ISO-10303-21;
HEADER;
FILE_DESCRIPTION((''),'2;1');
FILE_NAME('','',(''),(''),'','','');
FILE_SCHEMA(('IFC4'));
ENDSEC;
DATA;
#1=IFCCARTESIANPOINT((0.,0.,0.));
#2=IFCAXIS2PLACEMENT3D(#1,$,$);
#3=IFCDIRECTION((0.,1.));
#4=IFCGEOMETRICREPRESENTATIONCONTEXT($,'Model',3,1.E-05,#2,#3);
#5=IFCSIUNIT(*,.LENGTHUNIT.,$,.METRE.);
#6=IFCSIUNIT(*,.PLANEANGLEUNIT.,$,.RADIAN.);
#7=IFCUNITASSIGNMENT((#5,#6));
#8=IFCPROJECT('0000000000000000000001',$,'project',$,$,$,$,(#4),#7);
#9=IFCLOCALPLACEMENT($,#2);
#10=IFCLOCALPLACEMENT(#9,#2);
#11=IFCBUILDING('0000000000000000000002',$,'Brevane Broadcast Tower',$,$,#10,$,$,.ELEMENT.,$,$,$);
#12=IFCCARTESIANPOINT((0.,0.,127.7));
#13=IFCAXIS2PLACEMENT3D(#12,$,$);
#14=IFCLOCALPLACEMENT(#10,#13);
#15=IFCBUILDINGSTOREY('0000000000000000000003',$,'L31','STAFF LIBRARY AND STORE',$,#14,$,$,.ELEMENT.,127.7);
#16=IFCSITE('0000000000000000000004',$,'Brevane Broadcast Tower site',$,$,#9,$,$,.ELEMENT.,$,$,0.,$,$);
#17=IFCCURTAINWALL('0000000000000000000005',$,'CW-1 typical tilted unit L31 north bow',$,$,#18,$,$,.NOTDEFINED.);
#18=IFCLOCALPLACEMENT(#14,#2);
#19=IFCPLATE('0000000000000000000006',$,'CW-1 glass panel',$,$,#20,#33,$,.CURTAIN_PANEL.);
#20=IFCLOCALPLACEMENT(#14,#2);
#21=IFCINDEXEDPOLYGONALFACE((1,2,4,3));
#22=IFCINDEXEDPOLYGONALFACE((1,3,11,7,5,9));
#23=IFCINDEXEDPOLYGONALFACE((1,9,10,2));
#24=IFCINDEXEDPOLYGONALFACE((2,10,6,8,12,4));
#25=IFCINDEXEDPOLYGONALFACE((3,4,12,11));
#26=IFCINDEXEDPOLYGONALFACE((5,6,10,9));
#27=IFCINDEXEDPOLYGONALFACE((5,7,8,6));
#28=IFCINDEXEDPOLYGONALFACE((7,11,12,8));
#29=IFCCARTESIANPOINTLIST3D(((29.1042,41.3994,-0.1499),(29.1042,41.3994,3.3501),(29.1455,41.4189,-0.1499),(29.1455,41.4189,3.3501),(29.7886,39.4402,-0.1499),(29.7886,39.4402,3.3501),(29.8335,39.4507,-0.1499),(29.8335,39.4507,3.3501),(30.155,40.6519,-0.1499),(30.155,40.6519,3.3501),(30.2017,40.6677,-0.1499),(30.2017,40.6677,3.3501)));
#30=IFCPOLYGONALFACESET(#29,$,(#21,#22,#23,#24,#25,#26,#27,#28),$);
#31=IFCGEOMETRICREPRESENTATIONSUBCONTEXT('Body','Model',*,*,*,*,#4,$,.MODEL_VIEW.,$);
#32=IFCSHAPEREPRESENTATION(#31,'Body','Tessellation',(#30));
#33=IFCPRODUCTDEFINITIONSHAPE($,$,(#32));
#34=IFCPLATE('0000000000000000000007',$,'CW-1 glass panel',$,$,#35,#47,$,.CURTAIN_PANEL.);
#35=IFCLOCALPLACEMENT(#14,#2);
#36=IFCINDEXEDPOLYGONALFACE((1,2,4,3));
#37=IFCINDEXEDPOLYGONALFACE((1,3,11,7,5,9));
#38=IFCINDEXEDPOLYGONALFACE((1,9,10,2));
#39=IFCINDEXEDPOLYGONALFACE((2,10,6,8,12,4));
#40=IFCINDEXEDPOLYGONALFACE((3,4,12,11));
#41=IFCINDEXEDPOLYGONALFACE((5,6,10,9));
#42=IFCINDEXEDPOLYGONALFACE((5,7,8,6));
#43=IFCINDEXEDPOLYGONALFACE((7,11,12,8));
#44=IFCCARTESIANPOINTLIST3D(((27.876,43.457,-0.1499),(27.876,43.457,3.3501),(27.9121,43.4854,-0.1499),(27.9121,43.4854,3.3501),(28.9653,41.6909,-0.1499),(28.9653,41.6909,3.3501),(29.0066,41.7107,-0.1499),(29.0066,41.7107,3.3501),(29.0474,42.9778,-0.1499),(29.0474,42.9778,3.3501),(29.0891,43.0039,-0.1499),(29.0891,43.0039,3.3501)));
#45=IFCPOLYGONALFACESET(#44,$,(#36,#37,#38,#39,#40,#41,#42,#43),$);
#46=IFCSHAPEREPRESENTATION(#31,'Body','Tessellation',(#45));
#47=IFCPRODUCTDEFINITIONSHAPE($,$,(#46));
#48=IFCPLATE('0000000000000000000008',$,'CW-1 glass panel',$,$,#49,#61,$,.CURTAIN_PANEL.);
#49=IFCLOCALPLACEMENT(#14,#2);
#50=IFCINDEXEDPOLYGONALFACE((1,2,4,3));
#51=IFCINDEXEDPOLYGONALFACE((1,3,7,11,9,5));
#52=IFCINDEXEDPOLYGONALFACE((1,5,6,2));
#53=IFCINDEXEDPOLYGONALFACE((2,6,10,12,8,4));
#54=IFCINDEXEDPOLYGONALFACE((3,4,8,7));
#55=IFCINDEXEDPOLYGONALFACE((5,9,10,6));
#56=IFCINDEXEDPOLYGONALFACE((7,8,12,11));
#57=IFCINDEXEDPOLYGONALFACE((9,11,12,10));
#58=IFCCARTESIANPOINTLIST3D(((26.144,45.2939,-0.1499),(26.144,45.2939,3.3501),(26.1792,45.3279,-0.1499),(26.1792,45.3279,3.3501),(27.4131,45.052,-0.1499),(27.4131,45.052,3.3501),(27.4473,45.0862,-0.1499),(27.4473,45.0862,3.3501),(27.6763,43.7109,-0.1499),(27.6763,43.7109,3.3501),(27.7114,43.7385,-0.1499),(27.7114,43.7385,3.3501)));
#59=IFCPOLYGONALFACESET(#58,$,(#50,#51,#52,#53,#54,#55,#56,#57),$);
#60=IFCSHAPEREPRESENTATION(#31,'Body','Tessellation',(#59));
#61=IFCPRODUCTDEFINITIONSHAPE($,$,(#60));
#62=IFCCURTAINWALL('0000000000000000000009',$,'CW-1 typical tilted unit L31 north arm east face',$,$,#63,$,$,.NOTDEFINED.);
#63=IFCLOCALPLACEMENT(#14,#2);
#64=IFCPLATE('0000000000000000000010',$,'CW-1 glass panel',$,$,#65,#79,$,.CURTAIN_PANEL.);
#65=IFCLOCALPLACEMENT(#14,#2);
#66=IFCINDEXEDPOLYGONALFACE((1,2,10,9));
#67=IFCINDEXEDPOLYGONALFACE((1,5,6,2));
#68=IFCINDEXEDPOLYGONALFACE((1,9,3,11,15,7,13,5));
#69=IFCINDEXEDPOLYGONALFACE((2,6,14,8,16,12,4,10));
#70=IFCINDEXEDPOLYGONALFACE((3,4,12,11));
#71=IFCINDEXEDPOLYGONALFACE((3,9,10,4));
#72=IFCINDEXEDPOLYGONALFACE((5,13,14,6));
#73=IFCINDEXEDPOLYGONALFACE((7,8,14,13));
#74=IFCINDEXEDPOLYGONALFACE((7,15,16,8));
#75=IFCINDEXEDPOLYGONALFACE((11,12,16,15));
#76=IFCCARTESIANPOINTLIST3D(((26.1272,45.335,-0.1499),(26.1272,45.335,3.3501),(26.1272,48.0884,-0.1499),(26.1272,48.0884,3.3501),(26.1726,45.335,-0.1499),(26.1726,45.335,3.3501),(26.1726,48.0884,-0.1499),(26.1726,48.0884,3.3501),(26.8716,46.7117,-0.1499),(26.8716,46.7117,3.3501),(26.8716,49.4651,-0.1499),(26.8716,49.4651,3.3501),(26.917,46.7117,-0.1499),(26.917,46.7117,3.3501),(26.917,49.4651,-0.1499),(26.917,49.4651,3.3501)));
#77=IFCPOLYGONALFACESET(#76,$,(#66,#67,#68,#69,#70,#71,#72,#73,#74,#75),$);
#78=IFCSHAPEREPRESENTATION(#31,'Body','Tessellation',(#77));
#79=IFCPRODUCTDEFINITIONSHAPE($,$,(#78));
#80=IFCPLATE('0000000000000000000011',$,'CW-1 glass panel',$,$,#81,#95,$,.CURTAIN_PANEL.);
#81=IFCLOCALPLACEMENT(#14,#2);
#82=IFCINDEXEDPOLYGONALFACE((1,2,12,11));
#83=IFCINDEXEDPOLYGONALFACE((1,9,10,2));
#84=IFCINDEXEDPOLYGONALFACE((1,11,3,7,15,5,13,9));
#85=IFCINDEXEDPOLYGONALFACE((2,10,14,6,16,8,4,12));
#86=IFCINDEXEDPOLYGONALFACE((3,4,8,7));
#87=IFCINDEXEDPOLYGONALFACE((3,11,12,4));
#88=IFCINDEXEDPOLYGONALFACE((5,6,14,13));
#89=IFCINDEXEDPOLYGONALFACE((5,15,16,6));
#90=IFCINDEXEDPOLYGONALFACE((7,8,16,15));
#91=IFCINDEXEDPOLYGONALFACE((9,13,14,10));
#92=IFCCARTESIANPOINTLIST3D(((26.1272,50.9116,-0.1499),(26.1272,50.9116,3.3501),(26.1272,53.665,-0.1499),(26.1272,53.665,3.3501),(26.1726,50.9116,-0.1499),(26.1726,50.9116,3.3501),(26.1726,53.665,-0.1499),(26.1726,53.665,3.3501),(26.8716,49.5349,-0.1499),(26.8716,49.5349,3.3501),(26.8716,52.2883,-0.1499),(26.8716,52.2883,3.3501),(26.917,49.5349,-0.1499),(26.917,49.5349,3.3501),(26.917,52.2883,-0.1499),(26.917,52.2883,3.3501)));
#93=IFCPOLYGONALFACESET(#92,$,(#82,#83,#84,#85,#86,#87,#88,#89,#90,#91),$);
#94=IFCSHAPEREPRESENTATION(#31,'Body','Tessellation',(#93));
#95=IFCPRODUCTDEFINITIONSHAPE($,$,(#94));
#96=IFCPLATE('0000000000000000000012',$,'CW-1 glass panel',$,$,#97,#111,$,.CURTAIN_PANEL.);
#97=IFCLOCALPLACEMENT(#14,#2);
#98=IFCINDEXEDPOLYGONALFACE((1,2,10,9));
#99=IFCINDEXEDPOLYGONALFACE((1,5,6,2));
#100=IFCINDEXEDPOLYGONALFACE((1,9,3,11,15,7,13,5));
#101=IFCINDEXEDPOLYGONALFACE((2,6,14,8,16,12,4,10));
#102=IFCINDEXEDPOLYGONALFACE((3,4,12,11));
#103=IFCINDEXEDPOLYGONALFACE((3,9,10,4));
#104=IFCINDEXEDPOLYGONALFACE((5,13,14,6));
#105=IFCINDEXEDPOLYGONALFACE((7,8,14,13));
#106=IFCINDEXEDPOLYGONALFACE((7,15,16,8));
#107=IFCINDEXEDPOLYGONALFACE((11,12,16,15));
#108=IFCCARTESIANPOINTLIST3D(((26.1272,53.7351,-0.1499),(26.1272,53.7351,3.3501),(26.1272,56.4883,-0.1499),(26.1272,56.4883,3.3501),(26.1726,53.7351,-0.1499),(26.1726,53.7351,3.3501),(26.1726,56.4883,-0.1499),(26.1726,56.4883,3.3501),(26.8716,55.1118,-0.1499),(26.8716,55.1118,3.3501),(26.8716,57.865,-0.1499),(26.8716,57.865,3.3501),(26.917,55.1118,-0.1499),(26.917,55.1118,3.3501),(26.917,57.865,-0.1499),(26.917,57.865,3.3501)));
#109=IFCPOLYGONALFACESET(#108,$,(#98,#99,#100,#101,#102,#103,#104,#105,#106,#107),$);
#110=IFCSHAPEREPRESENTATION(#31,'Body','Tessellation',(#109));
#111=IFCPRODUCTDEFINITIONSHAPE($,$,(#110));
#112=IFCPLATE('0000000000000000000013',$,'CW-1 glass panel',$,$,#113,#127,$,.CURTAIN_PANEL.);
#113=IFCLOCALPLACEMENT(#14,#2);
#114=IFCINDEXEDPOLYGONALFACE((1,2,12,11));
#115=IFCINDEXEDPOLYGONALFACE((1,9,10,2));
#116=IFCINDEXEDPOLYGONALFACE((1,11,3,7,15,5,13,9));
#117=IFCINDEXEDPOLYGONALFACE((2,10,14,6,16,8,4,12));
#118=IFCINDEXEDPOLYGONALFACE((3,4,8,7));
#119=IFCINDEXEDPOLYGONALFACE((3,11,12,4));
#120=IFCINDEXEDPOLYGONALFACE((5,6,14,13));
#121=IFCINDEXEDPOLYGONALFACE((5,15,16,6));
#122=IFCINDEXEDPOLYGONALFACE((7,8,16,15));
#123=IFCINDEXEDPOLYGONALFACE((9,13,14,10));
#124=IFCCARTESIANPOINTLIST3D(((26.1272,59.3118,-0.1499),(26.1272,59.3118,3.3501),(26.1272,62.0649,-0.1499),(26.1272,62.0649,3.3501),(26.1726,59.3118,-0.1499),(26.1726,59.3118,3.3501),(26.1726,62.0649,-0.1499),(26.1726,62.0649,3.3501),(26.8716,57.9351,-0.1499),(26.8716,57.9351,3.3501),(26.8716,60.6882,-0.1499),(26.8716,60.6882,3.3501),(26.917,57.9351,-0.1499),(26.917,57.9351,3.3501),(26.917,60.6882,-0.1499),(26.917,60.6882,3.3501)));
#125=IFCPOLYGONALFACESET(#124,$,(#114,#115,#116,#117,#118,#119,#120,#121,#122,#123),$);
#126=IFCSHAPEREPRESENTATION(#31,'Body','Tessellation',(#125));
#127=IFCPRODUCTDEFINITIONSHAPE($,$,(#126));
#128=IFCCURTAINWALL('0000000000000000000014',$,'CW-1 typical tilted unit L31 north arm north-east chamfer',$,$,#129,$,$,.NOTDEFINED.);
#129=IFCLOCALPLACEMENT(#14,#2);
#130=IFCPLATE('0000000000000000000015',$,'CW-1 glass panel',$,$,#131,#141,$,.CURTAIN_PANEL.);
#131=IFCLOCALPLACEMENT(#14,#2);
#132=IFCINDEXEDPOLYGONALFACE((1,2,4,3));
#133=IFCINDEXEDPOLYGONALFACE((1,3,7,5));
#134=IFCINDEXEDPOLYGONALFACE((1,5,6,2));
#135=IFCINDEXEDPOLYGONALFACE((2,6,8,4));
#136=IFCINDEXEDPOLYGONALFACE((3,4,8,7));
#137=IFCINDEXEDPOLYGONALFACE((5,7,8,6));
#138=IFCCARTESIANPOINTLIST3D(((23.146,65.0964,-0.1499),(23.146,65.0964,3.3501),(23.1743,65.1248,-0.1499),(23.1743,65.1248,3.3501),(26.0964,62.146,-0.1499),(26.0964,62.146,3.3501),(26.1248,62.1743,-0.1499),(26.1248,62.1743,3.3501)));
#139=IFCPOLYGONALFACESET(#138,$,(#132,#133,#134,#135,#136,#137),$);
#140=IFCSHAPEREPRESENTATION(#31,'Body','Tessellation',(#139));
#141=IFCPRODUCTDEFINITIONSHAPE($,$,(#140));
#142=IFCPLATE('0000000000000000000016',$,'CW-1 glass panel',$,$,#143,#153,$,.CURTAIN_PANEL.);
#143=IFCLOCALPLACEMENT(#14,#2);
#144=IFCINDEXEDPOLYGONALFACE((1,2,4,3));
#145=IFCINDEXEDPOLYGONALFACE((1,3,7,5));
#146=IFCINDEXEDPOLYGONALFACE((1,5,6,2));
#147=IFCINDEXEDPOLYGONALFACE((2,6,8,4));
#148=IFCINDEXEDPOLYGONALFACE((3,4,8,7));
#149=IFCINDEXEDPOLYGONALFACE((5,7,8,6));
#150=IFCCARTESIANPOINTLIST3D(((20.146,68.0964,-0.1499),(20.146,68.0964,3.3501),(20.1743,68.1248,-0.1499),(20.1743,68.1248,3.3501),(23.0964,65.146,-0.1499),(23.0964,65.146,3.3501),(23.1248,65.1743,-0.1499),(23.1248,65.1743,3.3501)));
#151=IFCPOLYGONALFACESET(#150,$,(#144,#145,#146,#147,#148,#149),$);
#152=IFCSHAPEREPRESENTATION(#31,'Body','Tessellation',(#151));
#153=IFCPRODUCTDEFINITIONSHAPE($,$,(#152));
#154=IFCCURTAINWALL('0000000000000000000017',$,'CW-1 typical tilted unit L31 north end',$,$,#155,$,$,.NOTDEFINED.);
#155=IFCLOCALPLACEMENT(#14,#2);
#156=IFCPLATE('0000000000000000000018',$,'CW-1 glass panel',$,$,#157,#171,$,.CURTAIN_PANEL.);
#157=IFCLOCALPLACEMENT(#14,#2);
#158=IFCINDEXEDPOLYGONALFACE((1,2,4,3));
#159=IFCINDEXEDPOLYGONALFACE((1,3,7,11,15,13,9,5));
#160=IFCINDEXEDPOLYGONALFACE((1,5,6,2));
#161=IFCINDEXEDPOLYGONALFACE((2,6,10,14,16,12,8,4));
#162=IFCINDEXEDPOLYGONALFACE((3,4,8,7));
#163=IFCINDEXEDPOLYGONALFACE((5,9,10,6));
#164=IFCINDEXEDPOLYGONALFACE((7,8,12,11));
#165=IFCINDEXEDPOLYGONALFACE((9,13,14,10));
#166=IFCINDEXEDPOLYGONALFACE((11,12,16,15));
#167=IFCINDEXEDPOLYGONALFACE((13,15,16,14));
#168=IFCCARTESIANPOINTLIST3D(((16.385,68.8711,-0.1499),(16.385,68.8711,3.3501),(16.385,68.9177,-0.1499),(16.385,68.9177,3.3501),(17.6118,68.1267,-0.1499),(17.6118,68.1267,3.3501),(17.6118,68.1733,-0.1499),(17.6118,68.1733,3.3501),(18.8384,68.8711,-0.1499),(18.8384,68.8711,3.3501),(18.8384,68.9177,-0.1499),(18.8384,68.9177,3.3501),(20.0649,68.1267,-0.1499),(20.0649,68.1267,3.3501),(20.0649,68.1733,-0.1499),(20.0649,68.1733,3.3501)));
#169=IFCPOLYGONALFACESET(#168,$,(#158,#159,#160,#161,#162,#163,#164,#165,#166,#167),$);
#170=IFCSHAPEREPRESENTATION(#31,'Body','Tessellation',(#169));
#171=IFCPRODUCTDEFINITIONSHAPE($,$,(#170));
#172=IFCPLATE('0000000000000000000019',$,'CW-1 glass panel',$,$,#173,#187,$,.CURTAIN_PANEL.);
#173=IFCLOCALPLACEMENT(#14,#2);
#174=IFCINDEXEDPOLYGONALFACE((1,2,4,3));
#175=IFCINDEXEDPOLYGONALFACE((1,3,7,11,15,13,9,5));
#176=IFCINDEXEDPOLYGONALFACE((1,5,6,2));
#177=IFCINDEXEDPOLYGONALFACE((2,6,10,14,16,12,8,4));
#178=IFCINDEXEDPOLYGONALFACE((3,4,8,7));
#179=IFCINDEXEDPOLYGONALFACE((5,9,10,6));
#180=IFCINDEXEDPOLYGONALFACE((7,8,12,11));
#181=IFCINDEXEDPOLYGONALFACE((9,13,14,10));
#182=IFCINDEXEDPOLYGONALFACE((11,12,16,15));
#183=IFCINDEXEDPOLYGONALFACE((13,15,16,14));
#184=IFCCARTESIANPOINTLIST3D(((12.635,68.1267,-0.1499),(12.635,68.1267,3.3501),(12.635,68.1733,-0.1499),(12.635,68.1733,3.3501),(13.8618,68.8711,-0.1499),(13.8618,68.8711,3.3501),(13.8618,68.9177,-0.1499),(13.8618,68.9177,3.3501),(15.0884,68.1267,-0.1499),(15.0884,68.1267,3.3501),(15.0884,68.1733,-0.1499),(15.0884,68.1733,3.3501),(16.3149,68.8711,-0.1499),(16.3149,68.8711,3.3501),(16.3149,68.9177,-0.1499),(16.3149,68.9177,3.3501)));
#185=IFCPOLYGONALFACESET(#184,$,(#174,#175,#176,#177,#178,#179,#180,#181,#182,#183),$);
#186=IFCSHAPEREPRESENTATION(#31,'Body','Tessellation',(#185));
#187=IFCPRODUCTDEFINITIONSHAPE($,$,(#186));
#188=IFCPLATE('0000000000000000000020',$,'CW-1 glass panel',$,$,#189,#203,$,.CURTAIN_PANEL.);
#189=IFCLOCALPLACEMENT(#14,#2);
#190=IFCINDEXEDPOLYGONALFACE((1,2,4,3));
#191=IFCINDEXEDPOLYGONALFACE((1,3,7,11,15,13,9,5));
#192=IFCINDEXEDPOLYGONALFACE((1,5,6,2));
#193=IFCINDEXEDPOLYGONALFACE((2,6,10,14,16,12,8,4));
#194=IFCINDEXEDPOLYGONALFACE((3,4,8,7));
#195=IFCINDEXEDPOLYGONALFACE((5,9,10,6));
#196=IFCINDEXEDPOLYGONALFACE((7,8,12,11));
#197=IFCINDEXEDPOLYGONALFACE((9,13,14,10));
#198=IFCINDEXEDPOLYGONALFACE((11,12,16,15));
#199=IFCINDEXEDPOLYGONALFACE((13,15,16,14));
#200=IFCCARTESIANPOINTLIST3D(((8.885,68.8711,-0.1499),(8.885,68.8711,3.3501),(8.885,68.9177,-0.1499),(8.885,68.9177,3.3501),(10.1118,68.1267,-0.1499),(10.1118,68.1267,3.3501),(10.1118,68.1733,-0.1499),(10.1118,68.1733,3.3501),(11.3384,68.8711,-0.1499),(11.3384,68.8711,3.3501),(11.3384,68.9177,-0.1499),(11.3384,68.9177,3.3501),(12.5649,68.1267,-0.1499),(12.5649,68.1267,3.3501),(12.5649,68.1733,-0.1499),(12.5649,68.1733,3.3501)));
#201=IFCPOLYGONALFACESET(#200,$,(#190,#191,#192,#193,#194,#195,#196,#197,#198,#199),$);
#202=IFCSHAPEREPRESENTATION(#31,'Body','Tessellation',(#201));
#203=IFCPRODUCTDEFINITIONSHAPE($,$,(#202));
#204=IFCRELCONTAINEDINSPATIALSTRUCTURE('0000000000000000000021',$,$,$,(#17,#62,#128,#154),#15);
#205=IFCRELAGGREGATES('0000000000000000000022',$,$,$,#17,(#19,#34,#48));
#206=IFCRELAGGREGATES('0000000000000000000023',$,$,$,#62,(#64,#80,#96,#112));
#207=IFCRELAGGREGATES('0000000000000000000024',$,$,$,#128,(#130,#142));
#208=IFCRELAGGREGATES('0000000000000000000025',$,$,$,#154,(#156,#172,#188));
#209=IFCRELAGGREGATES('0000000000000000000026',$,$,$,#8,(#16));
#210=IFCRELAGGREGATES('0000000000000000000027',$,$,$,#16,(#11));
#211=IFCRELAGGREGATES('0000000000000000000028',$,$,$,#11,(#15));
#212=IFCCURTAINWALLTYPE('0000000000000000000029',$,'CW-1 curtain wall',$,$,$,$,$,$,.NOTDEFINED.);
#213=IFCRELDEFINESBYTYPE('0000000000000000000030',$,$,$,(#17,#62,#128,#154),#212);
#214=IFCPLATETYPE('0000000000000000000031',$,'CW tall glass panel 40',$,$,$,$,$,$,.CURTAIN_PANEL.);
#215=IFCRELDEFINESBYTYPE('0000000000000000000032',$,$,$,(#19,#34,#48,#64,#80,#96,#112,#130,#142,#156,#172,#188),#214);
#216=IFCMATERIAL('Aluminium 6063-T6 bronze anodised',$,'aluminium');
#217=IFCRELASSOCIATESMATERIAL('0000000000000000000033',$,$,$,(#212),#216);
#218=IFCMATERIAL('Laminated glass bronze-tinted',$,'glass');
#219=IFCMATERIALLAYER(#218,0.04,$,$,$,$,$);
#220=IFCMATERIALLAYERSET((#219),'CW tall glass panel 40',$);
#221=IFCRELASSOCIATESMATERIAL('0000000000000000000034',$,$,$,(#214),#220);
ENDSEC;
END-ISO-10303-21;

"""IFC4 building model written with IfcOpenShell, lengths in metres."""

from ifc_helpers import new_model, si_unit, direction, frame, origin, place, context, subcontext, project, spatial, polyline, outline, extrude, material, layer, layer_set, type_object, element, aggregate, save


model = new_model("IFC4")

# Units and contexts
model_context = context("Model", 3, precision=1e-05, world=origin(), true_north=direction((0.0, 1.0)))
body_context = subcontext(model_context, "Body", "Model", "MODEL_VIEW")
ifc_project = project(units=[si_unit("LENGTHUNIT", "METRE"), si_unit("PLANEANGLEUNIT", "RADIAN")], contexts=[model_context])

# Site, building, storey
site_placement = place(None, origin())
site = spatial("IfcSite", under=ifc_project, at=site_placement, Name="Brevane Broadcast Tower site", CompositionType="ELEMENT", RefElevation=0.0)
building_placement = place(site_placement, origin())
building = spatial("IfcBuilding", under=site, at=building_placement, Name="Brevane Broadcast Tower", CompositionType="ELEMENT")
storey_placement = place(building_placement, frame((0.0, 0.0, 127.7)))
storey = spatial("IfcBuildingStorey", under=building, at=storey_placement, Name="L31", Description="STAFF LIBRARY AND STORE", CompositionType="ELEMENT", Elevation=127.7)

# Shared definitions
ifc_material_1 = material(Name="Aluminium 6063-T6 bronze anodised", Category="aluminium")
curtain_wall_type = type_object("IfcCurtainWallType", Name="CW-1 curtain wall", PredefinedType="NOTDEFINED", material=ifc_material_1)

# Curtain walls, plates
ifc_material_2 = material(Name="Laminated glass bronze-tinted", Category="glass")
ifc_layer = layer(ifc_material_2, 0.04)
ifc_layer_set = layer_set([ifc_layer], Name="CW tall glass panel 40")
plate_type = type_object("IfcPlateType", Name="CW tall glass panel 40", PredefinedType="CURTAIN_PANEL", material=ifc_layer_set)
curtain_wall_1_placement = place(storey_placement, origin())
curtain_wall_1 = element("IfcCurtainWall", 1, at=curtain_wall_1_placement, inside=storey, type_object=curtain_wall_type, Name="CW-1 typical tilted unit L31 north bow", PredefinedType="NOTDEFINED")
plate_1_placement = place(storey_placement, frame((0.0, 0.0, -0.1499)))
plate_1 = element("IfcPlate", 2, at=plate_1_placement, type_object=plate_type, Name="CW-1 glass panel", PredefinedType="CURTAIN_PANEL", context=body_context, shape_type="SweptSolid", body=[
    extrude(outline(polyline([(29.7886, 39.4402), (29.8335, 39.4507), (30.2017, 40.6677), (29.1455, 41.4189), (29.1042, 41.3994), (30.155, 40.6519), (29.7886, 39.4402)])), origin(), (0.0, 0.0, 1.0), 3.5),
])
plate_2_placement = place(storey_placement, frame((0.0, 0.0, -0.1499)))
plate_2 = element("IfcPlate", 3, at=plate_2_placement, type_object=plate_type, Name="CW-1 glass panel", PredefinedType="CURTAIN_PANEL", context=body_context, shape_type="SweptSolid", body=[
    extrude(outline(polyline([(28.9653, 41.6909), (29.0066, 41.7107), (29.0891, 43.0039), (27.9121, 43.4854), (27.876, 43.457), (29.0474, 42.9778), (28.9653, 41.6909)])), origin(), (0.0, 0.0, 1.0), 3.5),
])
plate_3_placement = place(storey_placement, frame((0.0, 0.0, -0.1499)))
plate_3 = element("IfcPlate", 4, at=plate_3_placement, type_object=plate_type, Name="CW-1 glass panel", PredefinedType="CURTAIN_PANEL", context=body_context, shape_type="SweptSolid", body=[
    extrude(outline(polyline([(27.6763, 43.7109), (27.7114, 43.7385), (27.4473, 45.0862), (26.1792, 45.3279), (26.144, 45.2939), (27.4131, 45.052), (27.6763, 43.7109)])), origin(), (0.0, 0.0, 1.0), 3.5),
])
aggregate(curtain_wall_1, [plate_1, plate_2, plate_3])
curtain_wall_2_placement = place(storey_placement, origin())
curtain_wall_2 = element("IfcCurtainWall", 5, at=curtain_wall_2_placement, inside=storey, type_object=curtain_wall_type, Name="CW-1 typical tilted unit L31 north arm east face", PredefinedType="NOTDEFINED")
plate_4_placement = place(storey_placement, frame((0.0, 0.0, -0.1499)))
plate_4 = element("IfcPlate", 6, at=plate_4_placement, type_object=plate_type, Name="CW-1 glass panel", PredefinedType="CURTAIN_PANEL", context=body_context, shape_type="SweptSolid", body=[
    extrude(outline(polyline([(26.1272, 45.335), (26.1726, 45.335), (26.917, 46.7117), (26.1726, 48.0884), (26.917, 49.4651), (26.8716, 49.4651), (26.1272, 48.0884), (26.8716, 46.7117), (26.1272, 45.335)])), origin(), (0.0, 0.0, 1.0), 3.5),
])
plate_5_placement = place(storey_placement, frame((0.0, 0.0, -0.1499)))
plate_5 = element("IfcPlate", 7, at=plate_5_placement, type_object=plate_type, Name="CW-1 glass panel", PredefinedType="CURTAIN_PANEL", context=body_context, shape_type="SweptSolid", body=[
    extrude(outline(polyline([(26.8716, 49.5349), (26.917, 49.5349), (26.1726, 50.9116), (26.917, 52.2883), (26.1726, 53.665), (26.1272, 53.665), (26.8716, 52.2883), (26.1272, 50.9116), (26.8716, 49.5349)])), origin(), (0.0, 0.0, 1.0), 3.5),
])
plate_6_placement = place(storey_placement, frame((0.0, 0.0, -0.1499)))
plate_6 = element("IfcPlate", 8, at=plate_6_placement, type_object=plate_type, Name="CW-1 glass panel", PredefinedType="CURTAIN_PANEL", context=body_context, shape_type="SweptSolid", body=[
    extrude(outline(polyline([(26.1272, 53.7351), (26.1726, 53.7351), (26.917, 55.1118), (26.1726, 56.4883), (26.917, 57.865), (26.8716, 57.865), (26.1272, 56.4883), (26.8716, 55.1118), (26.1272, 53.7351)])), origin(), (0.0, 0.0, 1.0), 3.5),
])
plate_7_placement = place(storey_placement, frame((0.0, 0.0, -0.1499)))
plate_7 = element("IfcPlate", 9, at=plate_7_placement, type_object=plate_type, Name="CW-1 glass panel", PredefinedType="CURTAIN_PANEL", context=body_context, shape_type="SweptSolid", body=[
    extrude(outline(polyline([(26.8716, 57.9351), (26.917, 57.9351), (26.1726, 59.3118), (26.917, 60.6882), (26.1726, 62.0649), (26.1272, 62.0649), (26.8716, 60.6882), (26.1272, 59.3118), (26.8716, 57.9351)])), origin(), (0.0, 0.0, 1.0), 3.5),
])
aggregate(curtain_wall_2, [plate_4, plate_5, plate_6, plate_7])
curtain_wall_3_placement = place(storey_placement, origin())
curtain_wall_3 = element("IfcCurtainWall", 10, at=curtain_wall_3_placement, inside=storey, type_object=curtain_wall_type, Name="CW-1 typical tilted unit L31 north arm north-east chamfer", PredefinedType="NOTDEFINED")
plate_8_placement = place(storey_placement, frame((0.0, 0.0, -0.1499)))
plate_8 = element("IfcPlate", 11, at=plate_8_placement, type_object=plate_type, Name="CW-1 glass panel", PredefinedType="CURTAIN_PANEL", context=body_context, shape_type="SweptSolid", body=[
    extrude(outline(polyline([(26.0964, 62.146), (23.146, 65.0964), (23.1743, 65.1248), (26.1248, 62.1743), (26.0964, 62.146)])), origin(), (0.0, 0.0, 1.0), 3.5),
])
plate_9_placement = place(storey_placement, frame((0.0, 0.0, -0.1499)))
plate_9 = element("IfcPlate", 12, at=plate_9_placement, type_object=plate_type, Name="CW-1 glass panel", PredefinedType="CURTAIN_PANEL", context=body_context, shape_type="SweptSolid", body=[
    extrude(outline(polyline([(23.0964, 65.146), (20.146, 68.0964), (20.1743, 68.1248), (23.1248, 65.1743), (23.0964, 65.146)])), origin(), (0.0, 0.0, 1.0), 3.5),
])
aggregate(curtain_wall_3, [plate_8, plate_9])
curtain_wall_4_placement = place(storey_placement, origin())
curtain_wall_4 = element("IfcCurtainWall", 13, at=curtain_wall_4_placement, inside=storey, type_object=curtain_wall_type, Name="CW-1 typical tilted unit L31 north end", PredefinedType="NOTDEFINED")
plate_10_placement = place(storey_placement, frame((0.0, 0.0, -0.1499)))
plate_10 = element("IfcPlate", 14, at=plate_10_placement, type_object=plate_type, Name="CW-1 glass panel", PredefinedType="CURTAIN_PANEL", context=body_context, shape_type="SweptSolid", body=[
    extrude(outline(polyline([(20.0649, 68.1267), (20.0649, 68.1733), (18.8384, 68.9177), (17.6118, 68.1733), (16.385, 68.9177), (16.385, 68.8711), (17.6118, 68.1267), (18.8384, 68.8711), (20.0649, 68.1267)])), origin(), (0.0, 0.0, 1.0), 3.5),
])
plate_11_placement = place(storey_placement, frame((0.0, 0.0, -0.1499)))
plate_11 = element("IfcPlate", 15, at=plate_11_placement, type_object=plate_type, Name="CW-1 glass panel", PredefinedType="CURTAIN_PANEL", context=body_context, shape_type="SweptSolid", body=[
    extrude(outline(polyline([(16.3149, 68.8711), (16.3149, 68.9177), (15.0884, 68.1733), (13.8618, 68.9177), (12.635, 68.1733), (12.635, 68.1267), (13.8618, 68.8711), (15.0884, 68.1267), (16.3149, 68.8711)])), origin(), (0.0, 0.0, 1.0), 3.5),
])
plate_12_placement = place(storey_placement, frame((0.0, 0.0, -0.1499)))
plate_12 = element("IfcPlate", 16, at=plate_12_placement, type_object=plate_type, Name="CW-1 glass panel", PredefinedType="CURTAIN_PANEL", context=body_context, shape_type="SweptSolid", body=[
    extrude(outline(polyline([(12.5649, 68.1267), (12.5649, 68.1733), (11.3384, 68.9177), (10.1118, 68.1733), (8.885, 68.9177), (8.885, 68.8711), (10.1118, 68.1267), (11.3384, 68.8711), (12.5649, 68.1267)])), origin(), (0.0, 0.0, 1.0), 3.5),
])
aggregate(curtain_wall_4, [plate_10, plate_11, plate_12])

save(model, "model.ifc")
